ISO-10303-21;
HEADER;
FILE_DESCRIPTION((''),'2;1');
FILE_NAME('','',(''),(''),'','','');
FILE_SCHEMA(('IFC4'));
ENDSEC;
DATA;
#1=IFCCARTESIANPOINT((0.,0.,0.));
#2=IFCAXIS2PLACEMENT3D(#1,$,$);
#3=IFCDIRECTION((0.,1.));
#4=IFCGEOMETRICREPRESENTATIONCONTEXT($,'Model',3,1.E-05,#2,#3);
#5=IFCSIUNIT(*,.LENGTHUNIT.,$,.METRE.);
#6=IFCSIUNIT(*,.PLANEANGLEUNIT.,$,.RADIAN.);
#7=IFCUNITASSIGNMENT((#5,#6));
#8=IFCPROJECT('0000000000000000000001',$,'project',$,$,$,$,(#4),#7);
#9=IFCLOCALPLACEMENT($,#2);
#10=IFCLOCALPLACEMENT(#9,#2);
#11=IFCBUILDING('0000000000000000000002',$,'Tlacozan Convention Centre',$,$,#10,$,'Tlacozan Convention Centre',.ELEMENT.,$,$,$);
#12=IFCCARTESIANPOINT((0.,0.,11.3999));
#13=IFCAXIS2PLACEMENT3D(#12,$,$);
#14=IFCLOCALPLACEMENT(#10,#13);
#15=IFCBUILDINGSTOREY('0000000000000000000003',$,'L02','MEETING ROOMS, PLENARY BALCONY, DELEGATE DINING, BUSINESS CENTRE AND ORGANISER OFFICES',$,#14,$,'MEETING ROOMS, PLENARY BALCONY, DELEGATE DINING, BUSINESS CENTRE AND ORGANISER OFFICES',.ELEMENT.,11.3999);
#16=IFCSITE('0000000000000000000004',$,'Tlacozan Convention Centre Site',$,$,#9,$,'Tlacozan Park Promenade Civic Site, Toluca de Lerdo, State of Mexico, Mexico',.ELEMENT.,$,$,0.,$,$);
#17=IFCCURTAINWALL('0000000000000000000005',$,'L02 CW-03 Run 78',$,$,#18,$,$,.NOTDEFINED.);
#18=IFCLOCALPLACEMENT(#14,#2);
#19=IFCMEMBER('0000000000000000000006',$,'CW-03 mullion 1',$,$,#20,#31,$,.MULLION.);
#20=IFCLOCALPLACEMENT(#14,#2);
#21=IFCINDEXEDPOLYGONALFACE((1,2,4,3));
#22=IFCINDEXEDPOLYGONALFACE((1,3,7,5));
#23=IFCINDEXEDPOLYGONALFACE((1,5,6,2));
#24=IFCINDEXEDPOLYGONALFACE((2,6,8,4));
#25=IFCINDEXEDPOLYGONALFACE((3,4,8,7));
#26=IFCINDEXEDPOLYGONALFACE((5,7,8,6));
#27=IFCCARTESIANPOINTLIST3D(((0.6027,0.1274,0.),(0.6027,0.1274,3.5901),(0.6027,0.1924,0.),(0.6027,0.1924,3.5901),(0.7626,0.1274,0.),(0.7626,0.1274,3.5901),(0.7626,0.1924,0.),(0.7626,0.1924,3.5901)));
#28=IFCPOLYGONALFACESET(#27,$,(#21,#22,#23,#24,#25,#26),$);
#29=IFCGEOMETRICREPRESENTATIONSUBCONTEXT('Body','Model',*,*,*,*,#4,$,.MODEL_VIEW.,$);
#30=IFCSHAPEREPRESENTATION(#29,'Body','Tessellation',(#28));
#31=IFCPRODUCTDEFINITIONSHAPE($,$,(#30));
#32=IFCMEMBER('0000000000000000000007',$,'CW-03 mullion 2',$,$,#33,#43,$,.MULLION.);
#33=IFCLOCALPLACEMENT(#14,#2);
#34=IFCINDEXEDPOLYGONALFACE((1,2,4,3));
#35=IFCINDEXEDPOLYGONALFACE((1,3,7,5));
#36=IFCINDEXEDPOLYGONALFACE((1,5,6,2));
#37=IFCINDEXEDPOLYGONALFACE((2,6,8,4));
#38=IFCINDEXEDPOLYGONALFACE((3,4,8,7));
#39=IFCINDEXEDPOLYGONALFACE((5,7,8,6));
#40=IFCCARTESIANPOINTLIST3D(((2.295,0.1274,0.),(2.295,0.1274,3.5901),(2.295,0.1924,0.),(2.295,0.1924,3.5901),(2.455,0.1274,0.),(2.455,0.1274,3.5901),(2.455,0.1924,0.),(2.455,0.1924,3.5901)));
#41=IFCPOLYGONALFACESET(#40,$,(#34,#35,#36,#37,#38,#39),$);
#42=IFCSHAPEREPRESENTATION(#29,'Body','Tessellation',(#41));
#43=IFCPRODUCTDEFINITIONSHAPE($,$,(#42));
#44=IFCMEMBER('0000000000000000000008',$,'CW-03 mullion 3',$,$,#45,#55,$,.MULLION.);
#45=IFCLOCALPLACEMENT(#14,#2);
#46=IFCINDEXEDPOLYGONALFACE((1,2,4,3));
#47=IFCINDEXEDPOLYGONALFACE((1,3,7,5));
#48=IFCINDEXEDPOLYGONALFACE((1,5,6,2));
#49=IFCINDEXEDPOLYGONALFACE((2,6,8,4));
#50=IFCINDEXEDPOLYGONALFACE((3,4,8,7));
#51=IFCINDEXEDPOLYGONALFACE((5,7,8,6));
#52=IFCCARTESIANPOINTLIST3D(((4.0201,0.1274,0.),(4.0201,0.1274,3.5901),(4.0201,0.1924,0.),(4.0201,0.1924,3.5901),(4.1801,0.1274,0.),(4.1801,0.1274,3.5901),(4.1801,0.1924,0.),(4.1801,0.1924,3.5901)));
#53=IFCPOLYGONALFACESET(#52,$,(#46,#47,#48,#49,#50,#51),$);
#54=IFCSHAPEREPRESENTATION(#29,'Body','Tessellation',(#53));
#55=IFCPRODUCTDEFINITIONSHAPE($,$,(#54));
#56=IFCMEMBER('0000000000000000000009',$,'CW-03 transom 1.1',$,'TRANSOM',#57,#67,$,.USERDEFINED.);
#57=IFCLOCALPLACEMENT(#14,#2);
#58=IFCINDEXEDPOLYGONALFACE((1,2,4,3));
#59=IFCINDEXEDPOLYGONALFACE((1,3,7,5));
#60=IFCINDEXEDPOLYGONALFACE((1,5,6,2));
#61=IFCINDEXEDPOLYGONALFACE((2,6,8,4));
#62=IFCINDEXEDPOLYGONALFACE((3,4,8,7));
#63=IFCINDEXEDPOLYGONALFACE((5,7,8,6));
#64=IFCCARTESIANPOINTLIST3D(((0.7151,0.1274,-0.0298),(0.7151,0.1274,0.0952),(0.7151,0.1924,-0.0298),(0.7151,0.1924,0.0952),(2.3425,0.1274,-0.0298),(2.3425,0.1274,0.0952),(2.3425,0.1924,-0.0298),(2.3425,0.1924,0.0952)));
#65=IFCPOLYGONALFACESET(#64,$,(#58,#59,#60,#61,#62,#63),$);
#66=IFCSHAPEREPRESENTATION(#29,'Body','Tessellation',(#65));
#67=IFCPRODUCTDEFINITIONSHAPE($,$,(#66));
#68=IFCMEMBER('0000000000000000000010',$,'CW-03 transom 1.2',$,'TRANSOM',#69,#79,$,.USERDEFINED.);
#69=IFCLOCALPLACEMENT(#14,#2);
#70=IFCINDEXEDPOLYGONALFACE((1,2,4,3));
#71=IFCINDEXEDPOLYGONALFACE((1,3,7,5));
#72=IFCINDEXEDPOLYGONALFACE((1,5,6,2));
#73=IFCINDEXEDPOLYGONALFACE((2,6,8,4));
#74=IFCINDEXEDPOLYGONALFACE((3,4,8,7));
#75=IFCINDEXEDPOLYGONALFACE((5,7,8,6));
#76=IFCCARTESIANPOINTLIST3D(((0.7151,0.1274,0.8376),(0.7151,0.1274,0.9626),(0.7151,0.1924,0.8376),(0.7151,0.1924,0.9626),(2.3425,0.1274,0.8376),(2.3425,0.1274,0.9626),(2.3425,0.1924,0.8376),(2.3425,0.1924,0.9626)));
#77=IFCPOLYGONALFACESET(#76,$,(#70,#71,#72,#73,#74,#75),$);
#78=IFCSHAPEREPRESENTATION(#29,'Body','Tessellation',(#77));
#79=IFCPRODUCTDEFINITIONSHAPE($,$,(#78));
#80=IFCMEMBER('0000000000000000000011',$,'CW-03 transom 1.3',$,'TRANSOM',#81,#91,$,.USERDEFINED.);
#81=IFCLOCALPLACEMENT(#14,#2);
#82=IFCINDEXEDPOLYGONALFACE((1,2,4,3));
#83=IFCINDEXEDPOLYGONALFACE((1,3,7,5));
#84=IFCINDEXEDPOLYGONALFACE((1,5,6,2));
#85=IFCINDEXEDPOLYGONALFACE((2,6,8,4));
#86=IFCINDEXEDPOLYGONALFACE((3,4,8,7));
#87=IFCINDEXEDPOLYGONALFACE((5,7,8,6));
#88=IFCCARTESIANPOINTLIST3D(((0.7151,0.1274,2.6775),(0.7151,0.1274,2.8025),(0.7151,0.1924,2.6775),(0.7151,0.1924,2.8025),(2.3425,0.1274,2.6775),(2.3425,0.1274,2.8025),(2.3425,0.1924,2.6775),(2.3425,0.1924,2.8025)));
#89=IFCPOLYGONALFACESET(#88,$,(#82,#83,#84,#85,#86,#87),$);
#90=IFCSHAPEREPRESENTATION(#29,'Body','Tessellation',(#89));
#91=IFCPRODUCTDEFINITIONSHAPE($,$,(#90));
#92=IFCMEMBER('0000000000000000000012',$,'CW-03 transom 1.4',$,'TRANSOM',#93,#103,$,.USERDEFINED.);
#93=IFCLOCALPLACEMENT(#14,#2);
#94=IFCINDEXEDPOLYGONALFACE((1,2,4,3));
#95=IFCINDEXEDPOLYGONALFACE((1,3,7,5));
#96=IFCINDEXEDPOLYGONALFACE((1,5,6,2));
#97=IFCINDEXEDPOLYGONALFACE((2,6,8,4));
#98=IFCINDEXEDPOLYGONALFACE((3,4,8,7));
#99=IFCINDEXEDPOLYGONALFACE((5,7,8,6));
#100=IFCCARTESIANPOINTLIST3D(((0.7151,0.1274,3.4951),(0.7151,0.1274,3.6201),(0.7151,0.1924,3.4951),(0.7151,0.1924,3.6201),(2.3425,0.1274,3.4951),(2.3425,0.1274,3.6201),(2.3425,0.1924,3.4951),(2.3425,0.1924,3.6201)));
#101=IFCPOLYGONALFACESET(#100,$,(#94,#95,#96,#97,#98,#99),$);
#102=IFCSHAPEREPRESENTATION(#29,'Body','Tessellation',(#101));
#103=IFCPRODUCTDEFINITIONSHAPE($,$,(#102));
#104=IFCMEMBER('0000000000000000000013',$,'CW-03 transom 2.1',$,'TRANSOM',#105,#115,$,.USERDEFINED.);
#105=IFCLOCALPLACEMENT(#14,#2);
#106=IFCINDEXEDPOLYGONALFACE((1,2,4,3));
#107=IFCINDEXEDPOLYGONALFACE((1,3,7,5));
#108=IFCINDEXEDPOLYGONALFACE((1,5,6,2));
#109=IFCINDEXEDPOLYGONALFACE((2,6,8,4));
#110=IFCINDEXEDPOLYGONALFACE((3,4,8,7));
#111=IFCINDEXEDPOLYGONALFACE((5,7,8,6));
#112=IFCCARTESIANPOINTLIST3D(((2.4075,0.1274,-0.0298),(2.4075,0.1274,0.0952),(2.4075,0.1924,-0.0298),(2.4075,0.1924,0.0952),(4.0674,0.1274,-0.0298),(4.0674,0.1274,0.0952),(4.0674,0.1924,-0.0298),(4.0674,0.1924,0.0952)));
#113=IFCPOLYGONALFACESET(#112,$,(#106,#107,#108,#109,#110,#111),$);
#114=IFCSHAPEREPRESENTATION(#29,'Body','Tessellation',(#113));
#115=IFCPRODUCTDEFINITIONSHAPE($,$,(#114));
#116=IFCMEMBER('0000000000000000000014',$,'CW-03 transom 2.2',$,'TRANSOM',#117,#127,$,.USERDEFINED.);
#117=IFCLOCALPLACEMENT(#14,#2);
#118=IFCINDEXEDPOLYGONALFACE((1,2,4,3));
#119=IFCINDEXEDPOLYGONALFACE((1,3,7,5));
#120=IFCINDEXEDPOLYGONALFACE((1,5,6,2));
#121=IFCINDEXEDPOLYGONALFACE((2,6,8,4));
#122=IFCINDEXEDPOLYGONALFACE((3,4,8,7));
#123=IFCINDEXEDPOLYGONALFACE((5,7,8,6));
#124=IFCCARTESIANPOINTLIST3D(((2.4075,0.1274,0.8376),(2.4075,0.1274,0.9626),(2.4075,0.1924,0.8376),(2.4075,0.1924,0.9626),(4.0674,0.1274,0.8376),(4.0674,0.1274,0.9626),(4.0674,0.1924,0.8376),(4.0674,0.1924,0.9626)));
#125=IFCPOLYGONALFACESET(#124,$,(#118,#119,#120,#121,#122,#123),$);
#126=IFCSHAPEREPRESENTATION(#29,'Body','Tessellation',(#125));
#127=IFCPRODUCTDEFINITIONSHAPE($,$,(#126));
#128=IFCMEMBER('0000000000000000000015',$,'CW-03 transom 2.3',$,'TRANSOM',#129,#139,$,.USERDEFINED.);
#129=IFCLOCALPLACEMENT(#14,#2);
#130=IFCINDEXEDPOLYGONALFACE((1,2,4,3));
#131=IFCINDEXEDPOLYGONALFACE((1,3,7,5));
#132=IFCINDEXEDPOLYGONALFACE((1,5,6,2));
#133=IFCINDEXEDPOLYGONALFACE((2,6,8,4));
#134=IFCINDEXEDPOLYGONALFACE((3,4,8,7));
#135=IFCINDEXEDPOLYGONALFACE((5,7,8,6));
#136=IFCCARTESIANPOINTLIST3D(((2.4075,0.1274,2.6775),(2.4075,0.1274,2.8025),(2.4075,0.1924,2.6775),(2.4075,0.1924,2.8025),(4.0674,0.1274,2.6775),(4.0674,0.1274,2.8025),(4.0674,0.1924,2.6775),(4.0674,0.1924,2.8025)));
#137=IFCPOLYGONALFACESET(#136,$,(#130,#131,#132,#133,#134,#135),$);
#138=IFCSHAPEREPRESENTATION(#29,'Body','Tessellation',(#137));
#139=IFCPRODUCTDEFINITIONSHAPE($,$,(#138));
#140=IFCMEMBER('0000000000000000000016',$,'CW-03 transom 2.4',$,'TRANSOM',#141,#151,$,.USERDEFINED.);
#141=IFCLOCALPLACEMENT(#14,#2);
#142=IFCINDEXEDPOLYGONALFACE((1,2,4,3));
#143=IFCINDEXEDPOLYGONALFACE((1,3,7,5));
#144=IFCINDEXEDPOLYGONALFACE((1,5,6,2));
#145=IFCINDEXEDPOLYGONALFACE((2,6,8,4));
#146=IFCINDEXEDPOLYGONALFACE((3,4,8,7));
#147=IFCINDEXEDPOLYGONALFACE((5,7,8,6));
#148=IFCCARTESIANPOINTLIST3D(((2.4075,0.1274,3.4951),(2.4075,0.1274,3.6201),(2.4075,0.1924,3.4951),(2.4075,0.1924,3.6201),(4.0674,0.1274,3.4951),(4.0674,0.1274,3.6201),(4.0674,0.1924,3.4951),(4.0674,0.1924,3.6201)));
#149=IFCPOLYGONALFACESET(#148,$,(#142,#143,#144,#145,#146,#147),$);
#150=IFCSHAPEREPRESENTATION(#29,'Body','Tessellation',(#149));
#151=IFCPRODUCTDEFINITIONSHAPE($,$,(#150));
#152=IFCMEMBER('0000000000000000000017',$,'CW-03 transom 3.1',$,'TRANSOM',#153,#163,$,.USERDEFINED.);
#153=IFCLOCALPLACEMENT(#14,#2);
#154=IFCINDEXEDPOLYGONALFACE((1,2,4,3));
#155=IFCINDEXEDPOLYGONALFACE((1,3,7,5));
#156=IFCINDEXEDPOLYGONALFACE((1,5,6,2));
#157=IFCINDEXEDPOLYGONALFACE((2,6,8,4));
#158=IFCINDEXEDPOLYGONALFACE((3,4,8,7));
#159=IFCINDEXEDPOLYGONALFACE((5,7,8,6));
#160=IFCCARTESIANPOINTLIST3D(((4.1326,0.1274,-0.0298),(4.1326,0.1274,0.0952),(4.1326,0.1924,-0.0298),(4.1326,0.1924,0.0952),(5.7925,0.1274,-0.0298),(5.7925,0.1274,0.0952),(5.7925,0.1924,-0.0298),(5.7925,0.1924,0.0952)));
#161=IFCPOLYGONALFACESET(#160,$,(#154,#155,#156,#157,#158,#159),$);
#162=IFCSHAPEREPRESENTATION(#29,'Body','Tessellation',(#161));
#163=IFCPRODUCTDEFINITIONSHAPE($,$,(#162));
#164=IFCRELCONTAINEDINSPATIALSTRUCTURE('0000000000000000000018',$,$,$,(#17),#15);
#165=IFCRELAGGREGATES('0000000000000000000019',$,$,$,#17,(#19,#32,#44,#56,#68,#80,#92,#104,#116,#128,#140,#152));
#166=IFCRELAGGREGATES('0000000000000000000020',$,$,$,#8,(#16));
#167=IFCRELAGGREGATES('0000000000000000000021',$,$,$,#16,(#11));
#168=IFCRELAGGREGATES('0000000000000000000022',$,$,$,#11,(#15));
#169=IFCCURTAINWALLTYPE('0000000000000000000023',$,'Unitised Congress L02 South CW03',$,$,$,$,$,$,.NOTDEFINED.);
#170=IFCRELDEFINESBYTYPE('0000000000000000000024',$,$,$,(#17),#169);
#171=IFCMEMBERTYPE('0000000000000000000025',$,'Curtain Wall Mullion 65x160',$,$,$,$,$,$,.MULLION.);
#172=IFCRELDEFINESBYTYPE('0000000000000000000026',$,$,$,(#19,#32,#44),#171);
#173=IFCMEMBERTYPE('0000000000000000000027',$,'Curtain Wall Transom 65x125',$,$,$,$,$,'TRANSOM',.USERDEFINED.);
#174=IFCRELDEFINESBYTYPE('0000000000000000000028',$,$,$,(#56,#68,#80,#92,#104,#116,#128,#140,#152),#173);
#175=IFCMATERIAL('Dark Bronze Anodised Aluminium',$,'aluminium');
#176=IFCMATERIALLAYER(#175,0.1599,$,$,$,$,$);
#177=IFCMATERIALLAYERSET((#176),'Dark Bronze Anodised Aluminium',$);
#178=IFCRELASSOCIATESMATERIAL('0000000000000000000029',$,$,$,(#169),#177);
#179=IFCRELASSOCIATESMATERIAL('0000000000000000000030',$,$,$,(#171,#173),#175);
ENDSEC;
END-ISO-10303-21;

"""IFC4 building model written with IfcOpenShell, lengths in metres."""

from ifc_helpers import new_model, si_unit, direction, frame, origin, origin_2d, place, context, subcontext, project, spatial, rectangle, extrude, material, layer, layer_set, material_profile, profile_set, type_object, element, aggregate, save


model = new_model("IFC4")

# Units and contexts
model_context = context("Model", 3, precision=1e-05, world=origin(), true_north=direction((0.0, 1.0)))
body_context = subcontext(model_context, "Body", "Model", "MODEL_VIEW")
ifc_project = project(units=[si_unit("LENGTHUNIT", "METRE"), si_unit("PLANEANGLEUNIT", "RADIAN")], contexts=[model_context])

# Site, building, storey
site_placement = place(None, origin())
site = spatial("IfcSite", under=ifc_project, at=site_placement, Name="Tlacozan Convention Centre Site", LongName="Tlacozan Park Promenade Civic Site, Toluca de Lerdo, State of Mexico, Mexico", CompositionType="ELEMENT", RefElevation=0.0)
building_placement = place(site_placement, origin())
building = spatial("IfcBuilding", under=site, at=building_placement, Name="Tlacozan Convention Centre", LongName="Tlacozan Convention Centre", CompositionType="ELEMENT")
storey_placement = place(building_placement, frame((0.0, 0.0, 11.3999)))
storey = spatial("IfcBuildingStorey", under=building, at=storey_placement, Name="L02", Description="MEETING ROOMS, PLENARY BALCONY, DELEGATE DINING, BUSINESS CENTRE AND ORGANISER OFFICES", LongName="MEETING ROOMS, PLENARY BALCONY, DELEGATE DINING, BUSINESS CENTRE AND ORGANISER OFFICES", CompositionType="ELEMENT", Elevation=11.3999)

# Curtain wall, members
ifc_material_1 = material(Name="Dark Bronze Anodised Aluminium", Category="aluminium")
ifc_layer_1 = layer(ifc_material_1, 0.1599)
ifc_layer_set_1 = layer_set([ifc_layer_1], Name="Dark Bronze Anodised Aluminium")
curtain_wall_type = type_object("IfcCurtainWallType", Name="Unitised Congress L02 South CW03", PredefinedType="NOTDEFINED", material=ifc_layer_set_1)
curtain_wall_placement = place(storey_placement, origin())
curtain_wall = element("IfcCurtainWall", 1, at=curtain_wall_placement, inside=storey, type_object=curtain_wall_type, Name="L02 CW-03 Run 78", PredefinedType="NOTDEFINED")
ifc_material_profile_1 = material_profile(ifc_material_1, rectangle(XDim=0.0649, YDim=0.1599, at=origin_2d()), Name="ALU 65x160")
ifc_profile_set_1 = profile_set([ifc_material_profile_1], Name="Dark Bronze Anodised Aluminium")
member_type_1 = type_object("IfcMemberType", Name="Curtain Wall Mullion 65x160", PredefinedType="MULLION", material=ifc_profile_set_1)
member_1_placement = place(storey_placement, frame((0.6826, 0.1599, 0.0), z_axis=(0.0, 0.0, 1.0), x_axis=(0.0, 1.0, 0.0)))
member_1 = element("IfcMember", 2, at=member_1_placement, type_object=member_type_1, Name="CW-03 mullion 1", PredefinedType="MULLION", context=body_context, shape_type="SweptSolid", body=[
    extrude(rectangle(XDim=0.0649, YDim=0.1599, at=origin_2d()), origin(), (0.0, 0.0, 1.0), 3.5901),
])
member_2_placement = place(storey_placement, frame((2.375, 0.1599, 0.0), z_axis=(0.0, 0.0, 1.0), x_axis=(0.0, 1.0, 0.0)))
member_2 = element("IfcMember", 3, at=member_2_placement, type_object=member_type_1, Name="CW-03 mullion 2", PredefinedType="MULLION", context=body_context, shape_type="SweptSolid", body=[
    extrude(rectangle(XDim=0.0649, YDim=0.1599, at=origin_2d()), origin(), (0.0, 0.0, 1.0), 3.5901),
])
member_3_placement = place(storey_placement, frame((4.1001, 0.1599, 0.0), z_axis=(0.0, 0.0, 1.0), x_axis=(0.0, 1.0, 0.0)))
member_3 = element("IfcMember", 4, at=member_3_placement, type_object=member_type_1, Name="CW-03 mullion 3", PredefinedType="MULLION", context=body_context, shape_type="SweptSolid", body=[
    extrude(rectangle(XDim=0.0649, YDim=0.1599, at=origin_2d()), origin(), (0.0, 0.0, 1.0), 3.5901),
])
ifc_material_profile_2 = material_profile(ifc_material_1, rectangle(XDim=0.0649, YDim=0.125, at=origin_2d()), Name="ALU 65x125")
ifc_profile_set_2 = profile_set([ifc_material_profile_2], Name="Dark Bronze Anodised Aluminium")
member_type_2 = type_object("IfcMemberType", Name="Curtain Wall Transom 65x125", ElementType="TRANSOM", PredefinedType="USERDEFINED", material=ifc_profile_set_2)
member_4_placement = place(storey_placement, frame((0.7151, 0.1599, 0.0327), z_axis=(1.0, 0.0, 0.0), x_axis=(0.0, 1.0, 0.0)))
member_4 = element("IfcMember", 5, at=member_4_placement, type_object=member_type_2, Name="CW-03 transom 1.1", ObjectType="TRANSOM", PredefinedType="USERDEFINED", context=body_context, shape_type="SweptSolid", body=[
    extrude(rectangle(XDim=0.0649, YDim=0.125, at=origin_2d()), origin(), (0.0, 0.0, 1.0), 1.6274),
])
member_5_placement = place(storey_placement, frame((0.7151, 0.1599, 0.9001), z_axis=(1.0, 0.0, 0.0), x_axis=(0.0, 1.0, 0.0)))
member_5 = element("IfcMember", 6, at=member_5_placement, type_object=member_type_2, Name="CW-03 transom 1.2", ObjectType="TRANSOM", PredefinedType="USERDEFINED", context=body_context, shape_type="SweptSolid", body=[
    extrude(rectangle(XDim=0.0649, YDim=0.125, at=origin_2d()), origin(), (0.0, 0.0, 1.0), 1.6274),
])
member_6_placement = place(storey_placement, frame((0.7151, 0.1599, 2.74), z_axis=(1.0, 0.0, 0.0), x_axis=(0.0, 1.0, 0.0)))
member_6 = element("IfcMember", 7, at=member_6_placement, type_object=member_type_2, Name="CW-03 transom 1.3", ObjectType="TRANSOM", PredefinedType="USERDEFINED", context=body_context, shape_type="SweptSolid", body=[
    extrude(rectangle(XDim=0.0649, YDim=0.125, at=origin_2d()), origin(), (0.0, 0.0, 1.0), 1.6274),
])
member_7_placement = place(storey_placement, frame((0.7151, 0.1599, 3.5576), z_axis=(1.0, 0.0, 0.0), x_axis=(0.0, 1.0, 0.0)))
member_7 = element("IfcMember", 8, at=member_7_placement, type_object=member_type_2, Name="CW-03 transom 1.4", ObjectType="TRANSOM", PredefinedType="USERDEFINED", context=body_context, shape_type="SweptSolid", body=[
    extrude(rectangle(XDim=0.0649, YDim=0.125, at=origin_2d()), origin(), (0.0, 0.0, 1.0), 1.6274),
])
member_8_placement = place(storey_placement, frame((2.4075, 0.1599, 0.0327), z_axis=(1.0, 0.0, 0.0), x_axis=(0.0, 1.0, 0.0)))
member_8 = element("IfcMember", 9, at=member_8_placement, type_object=member_type_2, Name="CW-03 transom 2.1", ObjectType="TRANSOM", PredefinedType="USERDEFINED", context=body_context, shape_type="SweptSolid", body=[
    extrude(rectangle(XDim=0.0649, YDim=0.125, at=origin_2d()), origin(), (0.0, 0.0, 1.0), 1.6599),
])
member_9_placement = place(storey_placement, frame((2.4075, 0.1599, 0.9001), z_axis=(1.0, 0.0, 0.0), x_axis=(0.0, 1.0, 0.0)))
member_9 = element("IfcMember", 10, at=member_9_placement, type_object=member_type_2, Name="CW-03 transom 2.2", ObjectType="TRANSOM", PredefinedType="USERDEFINED", context=body_context, shape_type="SweptSolid", body=[
    extrude(rectangle(XDim=0.0649, YDim=0.125, at=origin_2d()), origin(), (0.0, 0.0, 1.0), 1.6599),
])
member_10_placement = place(storey_placement, frame((2.4075, 0.1599, 2.74), z_axis=(1.0, 0.0, 0.0), x_axis=(0.0, 1.0, 0.0)))
member_10 = element("IfcMember", 11, at=member_10_placement, type_object=member_type_2, Name="CW-03 transom 2.3", ObjectType="TRANSOM", PredefinedType="USERDEFINED", context=body_context, shape_type="SweptSolid", body=[
    extrude(rectangle(XDim=0.0649, YDim=0.125, at=origin_2d()), origin(), (0.0, 0.0, 1.0), 1.6599),
])
member_11_placement = place(storey_placement, frame((2.4075, 0.1599, 3.5576), z_axis=(1.0, 0.0, 0.0), x_axis=(0.0, 1.0, 0.0)))
member_11 = element("IfcMember", 12, at=member_11_placement, type_object=member_type_2, Name="CW-03 transom 2.4", ObjectType="TRANSOM", PredefinedType="USERDEFINED", context=body_context, shape_type="SweptSolid", body=[
    extrude(rectangle(XDim=0.0649, YDim=0.125, at=origin_2d()), origin(), (0.0, 0.0, 1.0), 1.6599),
])
member_12_placement = place(storey_placement, frame((4.1326, 0.1599, 0.0327), z_axis=(1.0, 0.0, 0.0), x_axis=(0.0, 1.0, 0.0)))
member_12 = element("IfcMember", 13, at=member_12_placement, type_object=member_type_2, Name="CW-03 transom 3.1", ObjectType="TRANSOM", PredefinedType="USERDEFINED", context=body_context, shape_type="SweptSolid", body=[
    extrude(rectangle(XDim=0.0649, YDim=0.125, at=origin_2d()), origin(), (0.0, 0.0, 1.0), 1.6599),
])

aggregate(curtain_wall, [member_1, member_2, member_3, member_4, member_5, member_6, member_7, member_8, member_9, member_10, member_11, member_12])

save(model, "model.ifc")
